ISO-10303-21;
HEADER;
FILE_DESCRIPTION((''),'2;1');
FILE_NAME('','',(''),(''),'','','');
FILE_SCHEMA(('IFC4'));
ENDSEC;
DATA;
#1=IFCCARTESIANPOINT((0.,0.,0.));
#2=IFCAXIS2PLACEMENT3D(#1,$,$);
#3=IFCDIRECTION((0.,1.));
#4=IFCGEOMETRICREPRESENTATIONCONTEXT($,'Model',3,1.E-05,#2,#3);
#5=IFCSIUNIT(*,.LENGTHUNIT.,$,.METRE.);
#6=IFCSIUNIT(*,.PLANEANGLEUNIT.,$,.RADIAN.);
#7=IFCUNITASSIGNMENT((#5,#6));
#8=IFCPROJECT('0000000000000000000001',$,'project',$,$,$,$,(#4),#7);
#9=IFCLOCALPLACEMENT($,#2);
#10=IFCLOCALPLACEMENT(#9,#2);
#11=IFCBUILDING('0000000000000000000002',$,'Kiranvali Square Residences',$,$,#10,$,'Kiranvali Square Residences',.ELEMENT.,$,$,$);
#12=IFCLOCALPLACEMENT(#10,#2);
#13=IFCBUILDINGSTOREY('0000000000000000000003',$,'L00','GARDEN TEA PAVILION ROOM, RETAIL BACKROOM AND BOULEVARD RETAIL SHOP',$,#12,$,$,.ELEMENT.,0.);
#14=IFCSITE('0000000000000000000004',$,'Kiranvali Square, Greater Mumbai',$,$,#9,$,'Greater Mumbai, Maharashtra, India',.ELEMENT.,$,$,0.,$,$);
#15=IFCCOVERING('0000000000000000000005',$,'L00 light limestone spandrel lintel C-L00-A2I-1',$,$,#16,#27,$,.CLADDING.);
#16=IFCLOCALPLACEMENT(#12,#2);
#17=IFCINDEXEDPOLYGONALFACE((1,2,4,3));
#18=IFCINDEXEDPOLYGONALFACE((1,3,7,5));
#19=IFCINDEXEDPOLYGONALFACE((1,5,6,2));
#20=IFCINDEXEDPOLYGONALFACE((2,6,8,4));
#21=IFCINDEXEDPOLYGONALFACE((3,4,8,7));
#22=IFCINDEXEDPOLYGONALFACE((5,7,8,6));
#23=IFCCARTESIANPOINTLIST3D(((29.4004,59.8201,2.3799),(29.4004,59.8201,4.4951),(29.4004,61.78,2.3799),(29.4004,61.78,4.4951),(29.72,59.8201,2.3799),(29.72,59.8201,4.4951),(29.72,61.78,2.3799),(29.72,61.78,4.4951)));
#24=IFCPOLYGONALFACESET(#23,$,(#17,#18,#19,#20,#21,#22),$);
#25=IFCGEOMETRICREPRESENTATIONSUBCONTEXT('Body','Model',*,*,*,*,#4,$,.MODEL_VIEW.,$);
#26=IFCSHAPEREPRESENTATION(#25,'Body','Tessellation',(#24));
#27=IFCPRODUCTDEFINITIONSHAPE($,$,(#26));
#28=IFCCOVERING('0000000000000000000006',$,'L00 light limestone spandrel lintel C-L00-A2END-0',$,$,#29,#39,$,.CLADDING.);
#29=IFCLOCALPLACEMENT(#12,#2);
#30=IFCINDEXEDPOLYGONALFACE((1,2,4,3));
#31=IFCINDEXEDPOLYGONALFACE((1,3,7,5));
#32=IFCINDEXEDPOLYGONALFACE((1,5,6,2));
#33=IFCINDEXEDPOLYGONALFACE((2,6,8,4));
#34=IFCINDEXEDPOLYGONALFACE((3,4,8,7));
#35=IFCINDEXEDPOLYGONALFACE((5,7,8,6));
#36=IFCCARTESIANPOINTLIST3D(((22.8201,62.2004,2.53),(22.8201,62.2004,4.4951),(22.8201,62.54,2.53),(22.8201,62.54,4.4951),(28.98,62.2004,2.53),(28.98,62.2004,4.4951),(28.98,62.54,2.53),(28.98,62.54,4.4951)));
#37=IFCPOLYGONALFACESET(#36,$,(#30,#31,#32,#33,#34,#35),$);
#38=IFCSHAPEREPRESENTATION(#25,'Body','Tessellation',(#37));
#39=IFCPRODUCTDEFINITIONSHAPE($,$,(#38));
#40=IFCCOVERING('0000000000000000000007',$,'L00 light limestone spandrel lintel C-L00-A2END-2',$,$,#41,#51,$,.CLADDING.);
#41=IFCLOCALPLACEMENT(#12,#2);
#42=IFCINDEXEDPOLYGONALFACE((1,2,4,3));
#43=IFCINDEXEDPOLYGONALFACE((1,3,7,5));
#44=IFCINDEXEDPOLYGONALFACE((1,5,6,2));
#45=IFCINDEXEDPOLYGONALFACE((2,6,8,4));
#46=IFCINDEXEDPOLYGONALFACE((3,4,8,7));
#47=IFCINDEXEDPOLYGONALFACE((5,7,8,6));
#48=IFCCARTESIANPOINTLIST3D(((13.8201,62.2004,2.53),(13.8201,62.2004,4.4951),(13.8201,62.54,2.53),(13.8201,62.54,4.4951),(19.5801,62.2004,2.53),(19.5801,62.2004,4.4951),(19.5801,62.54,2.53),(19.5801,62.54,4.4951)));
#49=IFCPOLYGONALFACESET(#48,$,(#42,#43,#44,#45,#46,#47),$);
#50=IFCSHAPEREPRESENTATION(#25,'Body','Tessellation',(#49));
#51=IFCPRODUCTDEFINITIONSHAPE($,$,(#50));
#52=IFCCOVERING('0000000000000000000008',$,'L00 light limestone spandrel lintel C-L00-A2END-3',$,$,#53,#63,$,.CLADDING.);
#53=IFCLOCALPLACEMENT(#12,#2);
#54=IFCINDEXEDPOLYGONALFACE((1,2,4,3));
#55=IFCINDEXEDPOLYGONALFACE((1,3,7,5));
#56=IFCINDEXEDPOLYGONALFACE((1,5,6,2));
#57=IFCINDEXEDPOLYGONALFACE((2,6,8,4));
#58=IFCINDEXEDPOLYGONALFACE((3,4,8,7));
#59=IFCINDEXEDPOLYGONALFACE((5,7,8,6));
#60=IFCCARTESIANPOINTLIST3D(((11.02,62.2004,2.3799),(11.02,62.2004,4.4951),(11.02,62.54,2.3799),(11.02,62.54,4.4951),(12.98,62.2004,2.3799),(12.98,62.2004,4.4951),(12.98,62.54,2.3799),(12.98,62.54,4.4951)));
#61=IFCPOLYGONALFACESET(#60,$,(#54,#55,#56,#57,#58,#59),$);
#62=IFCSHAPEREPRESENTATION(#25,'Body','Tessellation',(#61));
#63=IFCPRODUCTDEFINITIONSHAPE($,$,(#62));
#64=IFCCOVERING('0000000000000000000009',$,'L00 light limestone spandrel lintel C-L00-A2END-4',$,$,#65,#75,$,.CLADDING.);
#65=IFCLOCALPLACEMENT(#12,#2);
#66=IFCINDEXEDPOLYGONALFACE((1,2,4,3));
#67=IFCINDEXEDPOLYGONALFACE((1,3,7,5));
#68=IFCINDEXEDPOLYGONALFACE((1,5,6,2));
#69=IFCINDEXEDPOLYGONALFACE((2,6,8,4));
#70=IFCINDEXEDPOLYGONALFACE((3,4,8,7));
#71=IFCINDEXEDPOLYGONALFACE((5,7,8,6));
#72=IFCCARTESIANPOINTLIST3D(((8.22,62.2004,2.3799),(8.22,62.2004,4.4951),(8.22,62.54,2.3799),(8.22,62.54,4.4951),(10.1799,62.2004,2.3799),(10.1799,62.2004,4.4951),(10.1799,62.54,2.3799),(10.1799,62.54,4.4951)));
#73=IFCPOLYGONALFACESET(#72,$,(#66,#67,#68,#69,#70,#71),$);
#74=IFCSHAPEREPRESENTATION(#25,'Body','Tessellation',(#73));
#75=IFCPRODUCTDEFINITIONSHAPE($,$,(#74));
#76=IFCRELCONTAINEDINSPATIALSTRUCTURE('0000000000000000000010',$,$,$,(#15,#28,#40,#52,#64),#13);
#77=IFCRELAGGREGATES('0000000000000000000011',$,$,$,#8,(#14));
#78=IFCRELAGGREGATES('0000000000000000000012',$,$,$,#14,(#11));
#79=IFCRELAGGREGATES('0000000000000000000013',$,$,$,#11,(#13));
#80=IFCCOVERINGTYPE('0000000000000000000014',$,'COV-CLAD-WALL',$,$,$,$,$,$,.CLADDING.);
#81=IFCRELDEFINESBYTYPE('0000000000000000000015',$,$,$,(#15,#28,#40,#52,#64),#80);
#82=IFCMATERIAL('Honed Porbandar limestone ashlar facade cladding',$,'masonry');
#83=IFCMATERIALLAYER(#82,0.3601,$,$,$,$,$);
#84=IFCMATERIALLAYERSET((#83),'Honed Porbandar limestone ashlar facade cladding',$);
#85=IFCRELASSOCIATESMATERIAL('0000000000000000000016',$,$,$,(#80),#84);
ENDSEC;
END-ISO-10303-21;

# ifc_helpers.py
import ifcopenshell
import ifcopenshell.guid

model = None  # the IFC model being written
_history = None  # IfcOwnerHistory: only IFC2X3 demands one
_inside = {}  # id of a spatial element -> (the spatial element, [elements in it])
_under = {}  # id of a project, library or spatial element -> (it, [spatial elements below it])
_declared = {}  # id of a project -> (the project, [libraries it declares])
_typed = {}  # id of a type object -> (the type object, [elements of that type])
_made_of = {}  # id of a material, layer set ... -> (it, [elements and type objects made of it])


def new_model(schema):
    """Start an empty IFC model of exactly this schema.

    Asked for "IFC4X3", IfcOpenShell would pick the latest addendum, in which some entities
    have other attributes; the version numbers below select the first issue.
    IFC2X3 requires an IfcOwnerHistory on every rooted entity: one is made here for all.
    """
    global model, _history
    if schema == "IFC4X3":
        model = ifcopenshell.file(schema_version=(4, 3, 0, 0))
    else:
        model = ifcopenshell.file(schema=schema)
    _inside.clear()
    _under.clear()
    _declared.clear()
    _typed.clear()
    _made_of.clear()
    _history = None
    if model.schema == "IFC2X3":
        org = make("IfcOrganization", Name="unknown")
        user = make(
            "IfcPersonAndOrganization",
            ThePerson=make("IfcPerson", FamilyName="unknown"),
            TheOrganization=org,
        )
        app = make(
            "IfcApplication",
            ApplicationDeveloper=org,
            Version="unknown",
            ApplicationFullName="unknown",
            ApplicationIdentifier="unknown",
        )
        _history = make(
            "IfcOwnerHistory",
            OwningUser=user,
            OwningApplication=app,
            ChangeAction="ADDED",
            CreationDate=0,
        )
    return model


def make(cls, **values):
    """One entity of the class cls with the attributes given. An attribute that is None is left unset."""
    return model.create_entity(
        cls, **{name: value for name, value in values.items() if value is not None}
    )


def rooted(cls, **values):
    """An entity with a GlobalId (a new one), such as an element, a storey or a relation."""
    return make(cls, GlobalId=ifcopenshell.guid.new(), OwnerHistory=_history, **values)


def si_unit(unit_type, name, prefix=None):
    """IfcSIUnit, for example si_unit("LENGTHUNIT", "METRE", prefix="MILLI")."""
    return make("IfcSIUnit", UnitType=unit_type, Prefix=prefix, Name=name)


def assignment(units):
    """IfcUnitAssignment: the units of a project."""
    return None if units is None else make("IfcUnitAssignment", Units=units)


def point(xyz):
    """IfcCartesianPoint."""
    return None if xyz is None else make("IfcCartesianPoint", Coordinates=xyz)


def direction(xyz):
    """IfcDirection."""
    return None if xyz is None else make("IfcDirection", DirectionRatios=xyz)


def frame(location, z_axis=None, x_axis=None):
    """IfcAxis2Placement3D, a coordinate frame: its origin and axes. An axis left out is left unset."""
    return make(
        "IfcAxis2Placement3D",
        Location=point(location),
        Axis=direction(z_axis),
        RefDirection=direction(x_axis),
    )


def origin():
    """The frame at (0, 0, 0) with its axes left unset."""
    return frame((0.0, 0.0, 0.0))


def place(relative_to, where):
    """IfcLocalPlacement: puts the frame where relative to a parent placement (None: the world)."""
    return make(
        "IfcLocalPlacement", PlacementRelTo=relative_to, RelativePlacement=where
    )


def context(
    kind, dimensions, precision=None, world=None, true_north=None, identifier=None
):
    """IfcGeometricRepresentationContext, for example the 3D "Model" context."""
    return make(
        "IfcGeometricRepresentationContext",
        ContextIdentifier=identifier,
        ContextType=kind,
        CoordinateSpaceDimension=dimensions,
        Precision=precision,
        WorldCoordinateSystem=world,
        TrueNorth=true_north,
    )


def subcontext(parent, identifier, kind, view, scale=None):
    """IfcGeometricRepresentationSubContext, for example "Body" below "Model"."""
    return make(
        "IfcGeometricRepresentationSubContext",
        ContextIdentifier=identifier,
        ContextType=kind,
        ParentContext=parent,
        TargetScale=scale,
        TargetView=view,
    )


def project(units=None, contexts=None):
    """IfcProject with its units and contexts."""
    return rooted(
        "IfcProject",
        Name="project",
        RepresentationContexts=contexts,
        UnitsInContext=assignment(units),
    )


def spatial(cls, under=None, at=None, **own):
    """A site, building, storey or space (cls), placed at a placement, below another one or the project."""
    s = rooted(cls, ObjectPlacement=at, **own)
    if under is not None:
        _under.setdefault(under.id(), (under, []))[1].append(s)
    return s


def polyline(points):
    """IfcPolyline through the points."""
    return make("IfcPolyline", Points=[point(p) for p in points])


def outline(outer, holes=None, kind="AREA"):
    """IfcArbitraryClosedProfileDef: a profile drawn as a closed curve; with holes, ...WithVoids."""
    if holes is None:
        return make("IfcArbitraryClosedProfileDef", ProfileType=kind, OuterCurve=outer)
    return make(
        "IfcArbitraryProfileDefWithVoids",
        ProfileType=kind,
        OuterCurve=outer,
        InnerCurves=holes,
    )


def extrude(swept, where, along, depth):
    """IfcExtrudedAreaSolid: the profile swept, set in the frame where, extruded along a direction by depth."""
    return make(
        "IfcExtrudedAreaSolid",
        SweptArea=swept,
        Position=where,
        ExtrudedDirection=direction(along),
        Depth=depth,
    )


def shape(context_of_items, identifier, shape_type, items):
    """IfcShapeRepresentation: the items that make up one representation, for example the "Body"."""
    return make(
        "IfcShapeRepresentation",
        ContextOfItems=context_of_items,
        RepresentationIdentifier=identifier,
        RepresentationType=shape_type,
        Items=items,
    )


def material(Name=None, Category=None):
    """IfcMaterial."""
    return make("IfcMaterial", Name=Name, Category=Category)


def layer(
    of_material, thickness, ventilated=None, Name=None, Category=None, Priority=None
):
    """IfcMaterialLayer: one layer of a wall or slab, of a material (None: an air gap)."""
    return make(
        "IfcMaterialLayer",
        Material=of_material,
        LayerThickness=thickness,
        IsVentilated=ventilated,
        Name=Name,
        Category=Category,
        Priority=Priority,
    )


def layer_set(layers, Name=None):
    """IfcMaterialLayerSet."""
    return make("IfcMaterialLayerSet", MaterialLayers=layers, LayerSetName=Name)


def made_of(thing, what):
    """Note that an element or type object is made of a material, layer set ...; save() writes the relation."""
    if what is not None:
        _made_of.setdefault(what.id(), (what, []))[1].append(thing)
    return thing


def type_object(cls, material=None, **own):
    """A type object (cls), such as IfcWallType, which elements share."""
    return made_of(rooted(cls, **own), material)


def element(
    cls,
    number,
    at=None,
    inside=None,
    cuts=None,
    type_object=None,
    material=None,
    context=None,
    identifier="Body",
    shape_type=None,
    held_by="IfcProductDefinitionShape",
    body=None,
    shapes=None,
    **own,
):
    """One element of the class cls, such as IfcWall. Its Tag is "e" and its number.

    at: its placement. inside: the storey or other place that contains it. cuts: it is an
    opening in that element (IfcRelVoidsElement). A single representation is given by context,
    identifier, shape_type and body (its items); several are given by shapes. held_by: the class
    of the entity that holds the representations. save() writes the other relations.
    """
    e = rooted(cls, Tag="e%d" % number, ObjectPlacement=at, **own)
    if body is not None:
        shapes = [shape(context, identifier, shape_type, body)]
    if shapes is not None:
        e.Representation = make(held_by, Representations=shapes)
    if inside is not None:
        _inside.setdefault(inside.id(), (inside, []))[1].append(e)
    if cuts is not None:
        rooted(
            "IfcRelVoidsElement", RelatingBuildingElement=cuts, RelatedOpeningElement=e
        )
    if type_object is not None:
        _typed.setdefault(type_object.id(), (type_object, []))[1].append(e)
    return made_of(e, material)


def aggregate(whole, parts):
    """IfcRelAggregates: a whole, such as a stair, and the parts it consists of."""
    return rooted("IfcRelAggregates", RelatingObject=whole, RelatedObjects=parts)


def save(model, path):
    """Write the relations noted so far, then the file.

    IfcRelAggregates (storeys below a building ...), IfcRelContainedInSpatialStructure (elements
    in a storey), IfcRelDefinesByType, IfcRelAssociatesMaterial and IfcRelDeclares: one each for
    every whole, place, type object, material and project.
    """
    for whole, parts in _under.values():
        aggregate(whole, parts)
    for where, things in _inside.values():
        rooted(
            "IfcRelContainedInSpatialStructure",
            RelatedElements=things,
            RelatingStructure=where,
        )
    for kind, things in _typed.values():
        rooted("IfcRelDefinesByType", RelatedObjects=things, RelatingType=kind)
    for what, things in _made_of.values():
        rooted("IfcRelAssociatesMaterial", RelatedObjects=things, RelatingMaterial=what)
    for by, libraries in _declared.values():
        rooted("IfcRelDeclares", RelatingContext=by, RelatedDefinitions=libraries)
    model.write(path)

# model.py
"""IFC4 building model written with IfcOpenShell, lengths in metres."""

from ifc_helpers import new_model, si_unit, direction, frame, origin, place, context, subcontext, project, spatial, polyline, outline, extrude, material, layer, layer_set, type_object, element, save


model = new_model("IFC4")

# Units and contexts
model_context = context("Model", 3, precision=1e-05, world=origin(), true_north=direction((0.0, 1.0)))
body_context = subcontext(model_context, "Body", "Model", "MODEL_VIEW")
ifc_project = project(units=[si_unit("LENGTHUNIT", "METRE"), si_unit("PLANEANGLEUNIT", "RADIAN")], contexts=[model_context])

# Site, building, storey
site_placement = place(None, origin())
site = spatial("IfcSite", under=ifc_project, at=site_placement, Name="Kiranvali Square, Greater Mumbai", LongName="Greater Mumbai, Maharashtra, India", CompositionType="ELEMENT", RefElevation=0.0)
building_placement = place(site_placement, origin())
building = spatial("IfcBuilding", under=site, at=building_placement, Name="Kiranvali Square Residences", LongName="Kiranvali Square Residences", CompositionType="ELEMENT")
storey_placement = place(building_placement, origin())
storey = spatial("IfcBuildingStorey", under=building, at=storey_placement, Name="L00", Description="GARDEN TEA PAVILION ROOM, RETAIL BACKROOM AND BOULEVARD RETAIL SHOP", CompositionType="ELEMENT", Elevation=0.0)

# Coverings
ifc_material = material(Name="Honed Porbandar limestone ashlar facade cladding", Category="masonry")
ifc_layer = layer(ifc_material, 0.3601)
ifc_layer_set = layer_set([ifc_layer], Name="Honed Porbandar limestone ashlar facade cladding")
covering_type = type_object("IfcCoveringType", Name="COV-CLAD-WALL", PredefinedType="CLADDING", material=ifc_layer_set)
covering_1_placement = place(storey_placement, frame((0.0, 0.0, 2.3799)))
element("IfcCovering", 1, at=covering_1_placement, inside=storey, type_object=covering_type, Name="L00 light limestone spandrel lintel C-L00-A2I-1", PredefinedType="CLADDING", context=body_context, shape_type="SweptSolid", body=[
    extrude(outline(polyline([(29.72, 59.8201), (29.72, 61.78), (29.4004, 61.78), (29.4004, 59.8201), (29.72, 59.8201)])), origin(), (0.0, 0.0, 1.0), 2.1152),
])
covering_2_placement = place(storey_placement, frame((0.0, 0.0, 2.53)))
element("IfcCovering", 2, at=covering_2_placement, inside=storey, type_object=covering_type, Name="L00 light limestone spandrel lintel C-L00-A2END-0", PredefinedType="CLADDING", context=body_context, shape_type="SweptSolid", body=[
    extrude(outline(polyline([(28.98, 62.54), (22.8201, 62.54), (22.8201, 62.2004), (28.98, 62.2004), (28.98, 62.54)])), origin(), (0.0, 0.0, 1.0), 1.9651),
])
covering_3_placement = place(storey_placement, frame((0.0, 0.0, 2.53)))
element("IfcCovering", 3, at=covering_3_placement, inside=storey, type_object=covering_type, Name="L00 light limestone spandrel lintel C-L00-A2END-2", PredefinedType="CLADDING", context=body_context, shape_type="SweptSolid", body=[
    extrude(outline(polyline([(19.5801, 62.54), (13.8201, 62.54), (13.8201, 62.2004), (19.5801, 62.2004), (19.5801, 62.54)])), origin(), (0.0, 0.0, 1.0), 1.9651),
])
covering_4_placement = place(storey_placement, frame((0.0, 0.0, 2.3799)))
element("IfcCovering", 4, at=covering_4_placement, inside=storey, type_object=covering_type, Name="L00 light limestone spandrel lintel C-L00-A2END-3", PredefinedType="CLADDING", context=body_context, shape_type="SweptSolid", body=[
    extrude(outline(polyline([(12.98, 62.54), (11.02, 62.54), (11.02, 62.2004), (12.98, 62.2004), (12.98, 62.54)])), origin(), (0.0, 0.0, 1.0), 2.1152),
])
covering_5_placement = place(storey_placement, frame((0.0, 0.0, 2.3799)))
element("IfcCovering", 5, at=covering_5_placement, inside=storey, type_object=covering_type, Name="L00 light limestone spandrel lintel C-L00-A2END-4", PredefinedType="CLADDING", context=body_context, shape_type="SweptSolid", body=[
    extrude(outline(polyline([(10.1799, 62.54), (8.22, 62.54), (8.22, 62.2004), (10.1799, 62.2004), (10.1799, 62.54)])), origin(), (0.0, 0.0, 1.0), 2.1152),
])

save(model, "model.ifc")
